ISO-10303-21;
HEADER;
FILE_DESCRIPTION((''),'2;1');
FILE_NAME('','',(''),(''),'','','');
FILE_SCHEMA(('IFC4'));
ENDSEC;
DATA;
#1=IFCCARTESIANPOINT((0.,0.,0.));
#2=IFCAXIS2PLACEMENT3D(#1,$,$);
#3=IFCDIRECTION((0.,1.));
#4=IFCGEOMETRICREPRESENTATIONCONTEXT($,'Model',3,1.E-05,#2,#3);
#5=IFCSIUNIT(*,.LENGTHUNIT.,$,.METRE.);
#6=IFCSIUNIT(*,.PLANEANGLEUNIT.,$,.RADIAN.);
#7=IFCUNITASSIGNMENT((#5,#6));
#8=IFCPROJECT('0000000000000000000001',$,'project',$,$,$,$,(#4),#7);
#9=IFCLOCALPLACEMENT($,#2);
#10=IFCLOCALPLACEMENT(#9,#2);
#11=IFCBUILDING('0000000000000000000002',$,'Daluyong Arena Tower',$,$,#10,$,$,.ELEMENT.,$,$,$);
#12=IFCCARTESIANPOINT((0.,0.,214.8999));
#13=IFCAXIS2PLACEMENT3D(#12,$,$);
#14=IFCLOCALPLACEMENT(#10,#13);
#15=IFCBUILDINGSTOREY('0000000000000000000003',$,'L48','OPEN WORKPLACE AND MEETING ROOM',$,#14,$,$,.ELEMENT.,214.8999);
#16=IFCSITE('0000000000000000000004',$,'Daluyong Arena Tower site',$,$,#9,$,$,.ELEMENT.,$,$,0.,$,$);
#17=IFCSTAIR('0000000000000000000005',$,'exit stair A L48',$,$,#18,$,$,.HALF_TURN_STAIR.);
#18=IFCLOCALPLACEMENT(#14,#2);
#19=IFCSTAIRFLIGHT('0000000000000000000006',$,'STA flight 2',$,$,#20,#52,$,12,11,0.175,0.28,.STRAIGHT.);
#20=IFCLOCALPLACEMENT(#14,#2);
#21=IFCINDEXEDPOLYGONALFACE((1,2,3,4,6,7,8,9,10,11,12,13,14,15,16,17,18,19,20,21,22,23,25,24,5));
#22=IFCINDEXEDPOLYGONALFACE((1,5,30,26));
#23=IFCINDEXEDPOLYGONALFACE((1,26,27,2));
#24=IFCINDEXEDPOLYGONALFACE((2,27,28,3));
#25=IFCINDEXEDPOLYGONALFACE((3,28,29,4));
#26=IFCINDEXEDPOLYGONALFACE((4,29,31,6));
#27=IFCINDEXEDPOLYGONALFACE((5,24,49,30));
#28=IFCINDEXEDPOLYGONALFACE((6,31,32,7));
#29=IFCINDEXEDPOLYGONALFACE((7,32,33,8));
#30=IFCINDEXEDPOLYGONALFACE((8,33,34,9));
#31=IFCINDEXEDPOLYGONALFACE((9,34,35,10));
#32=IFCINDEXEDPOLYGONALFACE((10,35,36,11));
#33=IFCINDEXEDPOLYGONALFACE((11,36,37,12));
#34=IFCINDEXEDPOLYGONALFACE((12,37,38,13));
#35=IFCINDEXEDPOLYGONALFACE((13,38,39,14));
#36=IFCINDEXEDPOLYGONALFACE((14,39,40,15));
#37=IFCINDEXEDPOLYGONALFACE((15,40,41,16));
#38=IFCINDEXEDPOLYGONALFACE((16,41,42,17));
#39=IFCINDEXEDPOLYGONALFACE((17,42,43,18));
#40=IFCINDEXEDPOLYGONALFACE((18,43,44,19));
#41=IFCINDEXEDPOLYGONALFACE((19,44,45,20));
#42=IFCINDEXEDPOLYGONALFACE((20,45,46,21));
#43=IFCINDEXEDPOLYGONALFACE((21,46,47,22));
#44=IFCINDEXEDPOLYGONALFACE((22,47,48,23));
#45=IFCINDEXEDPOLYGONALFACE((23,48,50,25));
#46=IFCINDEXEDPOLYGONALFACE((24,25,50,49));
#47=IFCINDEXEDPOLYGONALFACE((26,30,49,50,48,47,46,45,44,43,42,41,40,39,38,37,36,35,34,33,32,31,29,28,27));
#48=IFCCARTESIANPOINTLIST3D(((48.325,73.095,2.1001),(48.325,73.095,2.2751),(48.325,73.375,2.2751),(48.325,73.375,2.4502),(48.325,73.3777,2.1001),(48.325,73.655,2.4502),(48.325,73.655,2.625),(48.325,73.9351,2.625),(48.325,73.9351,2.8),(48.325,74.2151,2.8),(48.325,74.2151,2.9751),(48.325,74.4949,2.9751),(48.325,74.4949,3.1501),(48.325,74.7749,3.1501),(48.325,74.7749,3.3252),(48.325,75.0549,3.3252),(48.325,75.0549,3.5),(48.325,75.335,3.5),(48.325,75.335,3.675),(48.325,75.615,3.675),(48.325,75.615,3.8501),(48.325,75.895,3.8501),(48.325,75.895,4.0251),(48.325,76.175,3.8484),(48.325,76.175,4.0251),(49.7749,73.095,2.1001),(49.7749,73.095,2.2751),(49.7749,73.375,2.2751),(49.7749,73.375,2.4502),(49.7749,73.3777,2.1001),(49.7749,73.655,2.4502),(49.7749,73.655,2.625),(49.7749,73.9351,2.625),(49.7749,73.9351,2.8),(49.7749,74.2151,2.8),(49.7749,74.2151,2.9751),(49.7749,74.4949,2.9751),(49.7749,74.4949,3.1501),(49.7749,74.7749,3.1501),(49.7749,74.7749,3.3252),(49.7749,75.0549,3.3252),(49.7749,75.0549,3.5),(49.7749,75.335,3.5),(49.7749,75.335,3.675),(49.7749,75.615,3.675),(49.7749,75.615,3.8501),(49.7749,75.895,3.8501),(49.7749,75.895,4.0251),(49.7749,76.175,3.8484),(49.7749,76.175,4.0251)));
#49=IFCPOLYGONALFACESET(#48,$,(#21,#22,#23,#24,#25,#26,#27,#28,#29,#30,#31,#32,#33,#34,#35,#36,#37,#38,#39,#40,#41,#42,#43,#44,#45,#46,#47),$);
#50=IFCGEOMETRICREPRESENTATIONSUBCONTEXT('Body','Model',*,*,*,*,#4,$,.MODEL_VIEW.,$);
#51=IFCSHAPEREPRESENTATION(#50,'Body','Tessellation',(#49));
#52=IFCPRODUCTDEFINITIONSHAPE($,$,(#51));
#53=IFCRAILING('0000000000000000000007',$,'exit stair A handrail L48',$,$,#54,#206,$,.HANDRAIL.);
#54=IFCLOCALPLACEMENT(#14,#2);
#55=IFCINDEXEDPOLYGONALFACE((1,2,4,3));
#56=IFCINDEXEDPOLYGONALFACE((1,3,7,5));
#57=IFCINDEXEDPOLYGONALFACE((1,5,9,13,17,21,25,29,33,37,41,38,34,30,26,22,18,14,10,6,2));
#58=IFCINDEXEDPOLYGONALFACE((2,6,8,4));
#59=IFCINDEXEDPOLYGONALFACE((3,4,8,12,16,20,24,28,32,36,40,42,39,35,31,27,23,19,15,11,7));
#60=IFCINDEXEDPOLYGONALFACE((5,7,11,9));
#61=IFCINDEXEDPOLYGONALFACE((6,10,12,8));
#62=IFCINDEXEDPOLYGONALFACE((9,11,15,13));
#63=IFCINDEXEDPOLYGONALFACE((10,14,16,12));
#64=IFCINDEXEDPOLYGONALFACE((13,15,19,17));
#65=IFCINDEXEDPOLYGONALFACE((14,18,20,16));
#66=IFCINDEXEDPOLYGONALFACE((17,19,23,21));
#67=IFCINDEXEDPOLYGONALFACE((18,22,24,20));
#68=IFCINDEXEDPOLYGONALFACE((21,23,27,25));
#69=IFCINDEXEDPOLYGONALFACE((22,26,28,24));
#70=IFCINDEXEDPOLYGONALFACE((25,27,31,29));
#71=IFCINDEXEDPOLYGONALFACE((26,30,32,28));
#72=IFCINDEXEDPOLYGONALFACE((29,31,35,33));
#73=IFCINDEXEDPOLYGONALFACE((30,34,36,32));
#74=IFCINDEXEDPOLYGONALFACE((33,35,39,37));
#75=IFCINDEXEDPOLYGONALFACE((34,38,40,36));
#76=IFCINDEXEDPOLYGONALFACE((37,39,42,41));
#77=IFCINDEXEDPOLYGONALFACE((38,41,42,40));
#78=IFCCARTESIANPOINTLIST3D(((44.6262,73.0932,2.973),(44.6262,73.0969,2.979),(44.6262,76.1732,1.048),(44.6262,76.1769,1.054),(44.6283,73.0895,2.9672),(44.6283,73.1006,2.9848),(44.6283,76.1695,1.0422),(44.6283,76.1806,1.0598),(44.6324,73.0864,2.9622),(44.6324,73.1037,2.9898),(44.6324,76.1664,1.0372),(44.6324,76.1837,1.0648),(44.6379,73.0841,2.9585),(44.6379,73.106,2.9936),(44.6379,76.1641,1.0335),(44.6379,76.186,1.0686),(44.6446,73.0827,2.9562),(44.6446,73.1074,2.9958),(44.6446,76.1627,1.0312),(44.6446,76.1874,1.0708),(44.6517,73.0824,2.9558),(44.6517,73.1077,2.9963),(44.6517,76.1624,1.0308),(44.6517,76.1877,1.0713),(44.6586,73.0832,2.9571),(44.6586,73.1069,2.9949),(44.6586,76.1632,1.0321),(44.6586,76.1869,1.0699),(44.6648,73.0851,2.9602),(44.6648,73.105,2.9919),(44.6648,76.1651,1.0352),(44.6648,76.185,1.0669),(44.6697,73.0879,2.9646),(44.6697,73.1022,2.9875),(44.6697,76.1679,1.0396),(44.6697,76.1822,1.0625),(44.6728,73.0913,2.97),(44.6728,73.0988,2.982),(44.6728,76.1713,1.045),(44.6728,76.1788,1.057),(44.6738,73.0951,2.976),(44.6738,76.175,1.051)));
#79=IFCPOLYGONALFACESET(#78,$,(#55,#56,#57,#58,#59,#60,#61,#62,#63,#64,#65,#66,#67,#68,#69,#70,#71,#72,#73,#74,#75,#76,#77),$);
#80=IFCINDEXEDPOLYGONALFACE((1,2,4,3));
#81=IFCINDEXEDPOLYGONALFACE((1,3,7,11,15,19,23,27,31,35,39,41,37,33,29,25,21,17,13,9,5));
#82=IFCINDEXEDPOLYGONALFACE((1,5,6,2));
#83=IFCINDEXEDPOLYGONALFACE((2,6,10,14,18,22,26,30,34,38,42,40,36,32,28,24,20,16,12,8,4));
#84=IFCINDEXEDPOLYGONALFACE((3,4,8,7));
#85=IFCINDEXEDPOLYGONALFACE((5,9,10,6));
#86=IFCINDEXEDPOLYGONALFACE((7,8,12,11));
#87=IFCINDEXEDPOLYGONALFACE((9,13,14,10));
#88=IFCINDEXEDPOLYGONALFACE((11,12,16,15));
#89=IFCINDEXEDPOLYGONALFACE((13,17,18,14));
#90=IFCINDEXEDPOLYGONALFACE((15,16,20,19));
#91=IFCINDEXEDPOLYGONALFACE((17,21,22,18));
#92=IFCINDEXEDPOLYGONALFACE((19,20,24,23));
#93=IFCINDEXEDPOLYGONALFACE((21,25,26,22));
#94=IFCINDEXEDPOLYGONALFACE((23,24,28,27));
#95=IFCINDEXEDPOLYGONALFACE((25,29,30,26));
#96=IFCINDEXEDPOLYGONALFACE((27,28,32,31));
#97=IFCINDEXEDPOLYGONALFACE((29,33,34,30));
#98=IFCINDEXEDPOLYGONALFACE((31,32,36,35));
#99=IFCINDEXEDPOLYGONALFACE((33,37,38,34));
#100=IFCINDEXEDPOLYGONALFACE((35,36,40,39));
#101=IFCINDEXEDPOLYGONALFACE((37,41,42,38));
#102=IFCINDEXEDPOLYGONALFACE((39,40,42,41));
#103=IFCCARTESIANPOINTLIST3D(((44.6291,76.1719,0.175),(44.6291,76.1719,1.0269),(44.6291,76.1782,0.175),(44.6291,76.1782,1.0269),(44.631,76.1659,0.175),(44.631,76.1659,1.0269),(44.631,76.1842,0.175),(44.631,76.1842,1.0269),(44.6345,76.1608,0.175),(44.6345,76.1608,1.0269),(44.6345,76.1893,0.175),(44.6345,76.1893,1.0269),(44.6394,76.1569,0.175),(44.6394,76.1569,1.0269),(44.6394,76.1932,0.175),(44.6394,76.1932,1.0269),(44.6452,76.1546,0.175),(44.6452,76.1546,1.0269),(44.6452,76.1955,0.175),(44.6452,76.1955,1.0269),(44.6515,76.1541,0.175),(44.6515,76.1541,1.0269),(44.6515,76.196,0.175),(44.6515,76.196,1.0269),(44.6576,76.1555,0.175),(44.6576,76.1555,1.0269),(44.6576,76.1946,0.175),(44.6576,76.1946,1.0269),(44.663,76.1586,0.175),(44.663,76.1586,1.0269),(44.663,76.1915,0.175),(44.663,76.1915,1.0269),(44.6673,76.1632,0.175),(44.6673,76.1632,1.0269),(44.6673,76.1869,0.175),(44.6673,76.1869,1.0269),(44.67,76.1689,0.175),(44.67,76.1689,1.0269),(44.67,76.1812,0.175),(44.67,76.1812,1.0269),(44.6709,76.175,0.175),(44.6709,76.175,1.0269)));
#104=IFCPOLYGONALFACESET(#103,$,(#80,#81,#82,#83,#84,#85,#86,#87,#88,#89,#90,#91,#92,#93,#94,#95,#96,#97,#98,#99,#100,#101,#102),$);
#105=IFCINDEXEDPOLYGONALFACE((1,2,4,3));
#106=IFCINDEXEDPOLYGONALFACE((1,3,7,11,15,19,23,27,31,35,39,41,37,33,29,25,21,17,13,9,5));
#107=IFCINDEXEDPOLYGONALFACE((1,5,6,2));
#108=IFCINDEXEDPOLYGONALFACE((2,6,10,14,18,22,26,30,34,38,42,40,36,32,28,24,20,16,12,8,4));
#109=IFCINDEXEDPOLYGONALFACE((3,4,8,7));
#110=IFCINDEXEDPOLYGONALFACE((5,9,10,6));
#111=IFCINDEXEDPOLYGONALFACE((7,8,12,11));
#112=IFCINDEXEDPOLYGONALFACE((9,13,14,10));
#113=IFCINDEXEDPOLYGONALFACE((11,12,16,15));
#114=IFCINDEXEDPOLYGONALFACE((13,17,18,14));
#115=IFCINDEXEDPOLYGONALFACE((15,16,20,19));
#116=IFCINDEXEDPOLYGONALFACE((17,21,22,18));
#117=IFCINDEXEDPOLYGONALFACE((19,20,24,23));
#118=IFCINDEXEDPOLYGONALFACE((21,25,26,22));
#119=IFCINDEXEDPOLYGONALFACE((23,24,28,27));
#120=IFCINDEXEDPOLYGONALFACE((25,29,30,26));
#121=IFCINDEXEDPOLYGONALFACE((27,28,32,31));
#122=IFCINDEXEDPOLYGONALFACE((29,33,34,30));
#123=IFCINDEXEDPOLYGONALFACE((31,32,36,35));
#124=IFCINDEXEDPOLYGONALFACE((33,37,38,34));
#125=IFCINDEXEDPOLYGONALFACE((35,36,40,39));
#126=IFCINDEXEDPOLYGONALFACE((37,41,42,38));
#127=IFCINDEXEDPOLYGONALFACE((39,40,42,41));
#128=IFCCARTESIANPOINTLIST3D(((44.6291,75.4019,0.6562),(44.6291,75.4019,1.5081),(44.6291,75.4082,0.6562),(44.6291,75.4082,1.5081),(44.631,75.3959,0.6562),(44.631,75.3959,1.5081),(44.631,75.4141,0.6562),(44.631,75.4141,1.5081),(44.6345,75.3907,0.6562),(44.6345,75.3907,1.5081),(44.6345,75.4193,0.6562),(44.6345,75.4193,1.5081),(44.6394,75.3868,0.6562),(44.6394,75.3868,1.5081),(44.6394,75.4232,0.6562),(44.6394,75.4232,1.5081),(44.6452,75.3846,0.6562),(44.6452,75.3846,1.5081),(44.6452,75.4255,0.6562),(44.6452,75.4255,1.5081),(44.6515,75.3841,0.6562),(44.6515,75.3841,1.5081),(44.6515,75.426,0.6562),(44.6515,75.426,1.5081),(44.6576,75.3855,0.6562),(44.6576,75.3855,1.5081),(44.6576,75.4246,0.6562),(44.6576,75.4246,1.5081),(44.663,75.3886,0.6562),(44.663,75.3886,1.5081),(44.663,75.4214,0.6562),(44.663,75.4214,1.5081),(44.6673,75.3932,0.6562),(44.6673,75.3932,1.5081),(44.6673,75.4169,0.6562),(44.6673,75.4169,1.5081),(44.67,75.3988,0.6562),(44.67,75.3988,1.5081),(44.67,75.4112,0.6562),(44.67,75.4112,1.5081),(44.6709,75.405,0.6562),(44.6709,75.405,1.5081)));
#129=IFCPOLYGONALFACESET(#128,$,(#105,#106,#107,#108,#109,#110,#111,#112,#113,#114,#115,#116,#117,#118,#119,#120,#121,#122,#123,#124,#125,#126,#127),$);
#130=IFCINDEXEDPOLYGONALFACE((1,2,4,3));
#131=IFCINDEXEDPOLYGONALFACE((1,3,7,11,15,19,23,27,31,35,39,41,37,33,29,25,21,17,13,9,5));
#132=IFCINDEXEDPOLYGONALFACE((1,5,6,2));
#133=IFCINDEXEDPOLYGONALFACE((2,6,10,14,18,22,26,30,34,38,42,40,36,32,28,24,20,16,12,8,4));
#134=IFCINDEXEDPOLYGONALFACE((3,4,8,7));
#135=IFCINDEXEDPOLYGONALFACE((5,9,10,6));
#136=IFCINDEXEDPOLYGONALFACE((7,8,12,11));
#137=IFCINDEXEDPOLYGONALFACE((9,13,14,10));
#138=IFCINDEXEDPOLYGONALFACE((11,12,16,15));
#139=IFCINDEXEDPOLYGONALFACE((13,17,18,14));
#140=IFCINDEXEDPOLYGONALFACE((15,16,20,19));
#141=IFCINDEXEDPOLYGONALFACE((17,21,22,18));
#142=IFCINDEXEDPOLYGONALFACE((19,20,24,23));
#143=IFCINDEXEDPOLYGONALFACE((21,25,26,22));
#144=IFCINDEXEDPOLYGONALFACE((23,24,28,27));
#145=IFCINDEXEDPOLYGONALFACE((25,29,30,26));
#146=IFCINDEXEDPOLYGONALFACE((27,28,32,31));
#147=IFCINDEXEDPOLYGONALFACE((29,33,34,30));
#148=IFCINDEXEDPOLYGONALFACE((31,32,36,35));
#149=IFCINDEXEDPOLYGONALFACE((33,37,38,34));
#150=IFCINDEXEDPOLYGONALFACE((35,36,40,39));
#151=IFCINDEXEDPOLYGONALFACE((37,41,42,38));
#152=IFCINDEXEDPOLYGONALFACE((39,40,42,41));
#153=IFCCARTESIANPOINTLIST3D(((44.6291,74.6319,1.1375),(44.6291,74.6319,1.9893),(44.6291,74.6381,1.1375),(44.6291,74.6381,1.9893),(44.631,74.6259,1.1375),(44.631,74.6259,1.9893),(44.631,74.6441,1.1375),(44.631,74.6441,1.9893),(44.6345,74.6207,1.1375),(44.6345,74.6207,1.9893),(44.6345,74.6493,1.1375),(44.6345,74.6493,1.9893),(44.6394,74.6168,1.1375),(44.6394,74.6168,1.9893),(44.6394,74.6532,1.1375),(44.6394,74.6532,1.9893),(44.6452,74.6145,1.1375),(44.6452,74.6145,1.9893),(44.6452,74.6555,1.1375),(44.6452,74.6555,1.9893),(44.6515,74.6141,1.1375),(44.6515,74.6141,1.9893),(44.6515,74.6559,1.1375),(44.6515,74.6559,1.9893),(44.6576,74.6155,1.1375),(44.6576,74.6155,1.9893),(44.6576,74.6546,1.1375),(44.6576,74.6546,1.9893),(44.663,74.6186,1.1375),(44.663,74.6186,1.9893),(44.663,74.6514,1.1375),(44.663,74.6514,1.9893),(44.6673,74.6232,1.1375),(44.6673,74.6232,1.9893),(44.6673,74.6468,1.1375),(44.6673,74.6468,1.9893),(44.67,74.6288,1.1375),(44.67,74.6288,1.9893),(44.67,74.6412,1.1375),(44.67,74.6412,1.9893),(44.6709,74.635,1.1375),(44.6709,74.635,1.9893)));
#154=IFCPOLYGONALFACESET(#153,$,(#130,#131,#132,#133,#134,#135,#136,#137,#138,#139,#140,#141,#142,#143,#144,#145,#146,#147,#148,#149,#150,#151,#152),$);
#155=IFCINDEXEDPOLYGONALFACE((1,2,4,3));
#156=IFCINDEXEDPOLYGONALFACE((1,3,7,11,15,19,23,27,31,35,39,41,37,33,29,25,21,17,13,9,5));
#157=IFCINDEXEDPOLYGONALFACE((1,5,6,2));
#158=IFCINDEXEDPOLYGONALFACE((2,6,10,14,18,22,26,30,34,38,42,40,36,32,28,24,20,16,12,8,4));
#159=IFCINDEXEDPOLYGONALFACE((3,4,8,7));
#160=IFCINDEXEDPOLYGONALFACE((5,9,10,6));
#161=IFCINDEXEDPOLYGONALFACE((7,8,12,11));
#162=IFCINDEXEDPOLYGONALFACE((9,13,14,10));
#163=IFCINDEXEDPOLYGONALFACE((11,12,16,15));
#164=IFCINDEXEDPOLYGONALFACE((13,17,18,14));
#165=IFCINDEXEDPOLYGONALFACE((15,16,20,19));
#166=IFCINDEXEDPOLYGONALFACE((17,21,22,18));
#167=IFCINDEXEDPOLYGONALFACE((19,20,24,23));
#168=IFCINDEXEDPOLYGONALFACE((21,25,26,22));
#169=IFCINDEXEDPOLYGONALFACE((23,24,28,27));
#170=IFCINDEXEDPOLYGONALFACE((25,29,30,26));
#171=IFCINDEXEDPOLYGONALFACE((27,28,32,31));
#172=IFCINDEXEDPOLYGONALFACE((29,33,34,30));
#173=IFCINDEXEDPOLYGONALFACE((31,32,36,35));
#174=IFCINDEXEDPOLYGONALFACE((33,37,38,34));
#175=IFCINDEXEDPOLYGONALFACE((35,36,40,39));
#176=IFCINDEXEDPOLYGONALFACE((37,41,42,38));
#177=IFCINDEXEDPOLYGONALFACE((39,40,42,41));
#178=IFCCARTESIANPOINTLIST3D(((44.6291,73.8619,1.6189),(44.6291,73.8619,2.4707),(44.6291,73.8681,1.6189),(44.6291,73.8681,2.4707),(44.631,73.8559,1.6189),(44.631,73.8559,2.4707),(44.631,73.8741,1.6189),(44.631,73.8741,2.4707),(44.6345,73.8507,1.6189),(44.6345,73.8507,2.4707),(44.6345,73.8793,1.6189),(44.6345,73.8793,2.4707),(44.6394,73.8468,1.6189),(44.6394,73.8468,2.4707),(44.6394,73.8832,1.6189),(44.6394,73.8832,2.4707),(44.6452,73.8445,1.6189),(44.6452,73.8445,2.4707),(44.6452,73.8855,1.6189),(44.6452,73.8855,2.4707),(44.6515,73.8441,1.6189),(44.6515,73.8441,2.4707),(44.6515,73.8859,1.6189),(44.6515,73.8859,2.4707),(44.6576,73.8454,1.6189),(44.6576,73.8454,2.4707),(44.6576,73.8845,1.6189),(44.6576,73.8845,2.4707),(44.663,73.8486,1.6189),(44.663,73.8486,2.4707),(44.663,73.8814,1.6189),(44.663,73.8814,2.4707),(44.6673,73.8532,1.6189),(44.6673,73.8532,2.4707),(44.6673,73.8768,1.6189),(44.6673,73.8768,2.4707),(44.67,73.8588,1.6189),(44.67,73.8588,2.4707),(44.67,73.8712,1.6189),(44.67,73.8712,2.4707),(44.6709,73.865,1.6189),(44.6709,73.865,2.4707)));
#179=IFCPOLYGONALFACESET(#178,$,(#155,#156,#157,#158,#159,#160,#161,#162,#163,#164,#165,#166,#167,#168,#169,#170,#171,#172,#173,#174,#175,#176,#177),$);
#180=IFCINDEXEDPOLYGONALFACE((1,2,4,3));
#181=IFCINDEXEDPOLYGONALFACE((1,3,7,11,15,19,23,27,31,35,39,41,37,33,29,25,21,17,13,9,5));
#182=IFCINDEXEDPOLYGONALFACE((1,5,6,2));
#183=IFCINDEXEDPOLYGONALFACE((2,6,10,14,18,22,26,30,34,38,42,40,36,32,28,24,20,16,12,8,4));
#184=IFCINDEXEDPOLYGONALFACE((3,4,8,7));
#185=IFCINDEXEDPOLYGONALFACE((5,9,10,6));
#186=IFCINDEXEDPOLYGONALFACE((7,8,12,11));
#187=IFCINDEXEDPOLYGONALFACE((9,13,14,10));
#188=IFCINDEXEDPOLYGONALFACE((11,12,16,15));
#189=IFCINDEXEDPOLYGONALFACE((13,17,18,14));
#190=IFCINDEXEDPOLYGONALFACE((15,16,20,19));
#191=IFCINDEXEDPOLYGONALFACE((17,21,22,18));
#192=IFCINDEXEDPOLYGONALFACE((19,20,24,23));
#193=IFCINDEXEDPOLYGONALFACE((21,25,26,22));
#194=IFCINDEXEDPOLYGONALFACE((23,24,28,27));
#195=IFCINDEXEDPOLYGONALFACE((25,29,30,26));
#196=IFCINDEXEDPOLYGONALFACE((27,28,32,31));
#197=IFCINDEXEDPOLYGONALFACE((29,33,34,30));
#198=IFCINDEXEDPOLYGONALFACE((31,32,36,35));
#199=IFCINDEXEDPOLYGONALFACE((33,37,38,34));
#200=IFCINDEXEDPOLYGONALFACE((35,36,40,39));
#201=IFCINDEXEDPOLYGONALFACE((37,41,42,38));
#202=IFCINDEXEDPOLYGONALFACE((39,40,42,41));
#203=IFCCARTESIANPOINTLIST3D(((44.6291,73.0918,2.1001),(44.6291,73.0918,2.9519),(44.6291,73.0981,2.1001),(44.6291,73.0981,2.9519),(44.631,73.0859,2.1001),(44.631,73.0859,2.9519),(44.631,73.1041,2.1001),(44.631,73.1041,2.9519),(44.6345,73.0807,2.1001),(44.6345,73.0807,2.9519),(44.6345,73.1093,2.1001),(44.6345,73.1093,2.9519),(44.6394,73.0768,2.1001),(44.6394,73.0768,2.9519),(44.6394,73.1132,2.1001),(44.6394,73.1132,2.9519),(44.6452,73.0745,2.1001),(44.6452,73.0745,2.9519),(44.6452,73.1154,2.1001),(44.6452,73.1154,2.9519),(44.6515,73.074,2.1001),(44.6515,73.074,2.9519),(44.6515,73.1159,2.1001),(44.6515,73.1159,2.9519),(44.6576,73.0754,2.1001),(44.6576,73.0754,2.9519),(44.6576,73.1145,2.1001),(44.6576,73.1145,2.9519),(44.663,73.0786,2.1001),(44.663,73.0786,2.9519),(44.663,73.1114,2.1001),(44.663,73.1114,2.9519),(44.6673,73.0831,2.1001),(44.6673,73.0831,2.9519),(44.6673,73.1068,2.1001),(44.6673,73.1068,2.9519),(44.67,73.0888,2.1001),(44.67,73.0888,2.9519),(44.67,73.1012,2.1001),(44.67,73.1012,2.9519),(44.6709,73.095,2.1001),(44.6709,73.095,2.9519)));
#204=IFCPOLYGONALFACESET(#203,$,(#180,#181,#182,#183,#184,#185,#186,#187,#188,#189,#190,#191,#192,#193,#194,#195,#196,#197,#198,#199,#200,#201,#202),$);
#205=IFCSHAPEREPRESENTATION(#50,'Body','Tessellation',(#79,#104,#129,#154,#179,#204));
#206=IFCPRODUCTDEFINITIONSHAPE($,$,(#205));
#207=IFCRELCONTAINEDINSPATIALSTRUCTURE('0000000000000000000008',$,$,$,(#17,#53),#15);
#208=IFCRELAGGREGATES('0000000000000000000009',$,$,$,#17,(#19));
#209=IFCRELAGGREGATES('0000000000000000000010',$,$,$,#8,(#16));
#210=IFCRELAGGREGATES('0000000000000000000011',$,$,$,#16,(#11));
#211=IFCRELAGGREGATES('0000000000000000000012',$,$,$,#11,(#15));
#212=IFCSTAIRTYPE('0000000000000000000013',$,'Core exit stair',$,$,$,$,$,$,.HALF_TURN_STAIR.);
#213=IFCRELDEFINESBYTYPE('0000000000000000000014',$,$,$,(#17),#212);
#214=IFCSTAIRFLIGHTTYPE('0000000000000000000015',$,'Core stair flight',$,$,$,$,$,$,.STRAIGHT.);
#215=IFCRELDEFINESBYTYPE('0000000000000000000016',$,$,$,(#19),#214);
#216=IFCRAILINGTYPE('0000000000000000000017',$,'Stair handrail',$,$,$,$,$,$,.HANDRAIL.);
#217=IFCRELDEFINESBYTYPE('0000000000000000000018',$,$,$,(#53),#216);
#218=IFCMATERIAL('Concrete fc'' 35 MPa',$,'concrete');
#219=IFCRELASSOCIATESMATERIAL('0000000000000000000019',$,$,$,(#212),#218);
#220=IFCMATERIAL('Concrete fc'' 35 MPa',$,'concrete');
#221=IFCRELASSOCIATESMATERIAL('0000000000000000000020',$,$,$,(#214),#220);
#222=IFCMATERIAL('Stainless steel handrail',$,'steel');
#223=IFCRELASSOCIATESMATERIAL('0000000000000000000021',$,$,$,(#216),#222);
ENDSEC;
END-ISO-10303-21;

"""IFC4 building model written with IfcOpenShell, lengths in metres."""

from ifc_helpers import new_model, si_unit, direction, frame, origin, origin_2d, place, context, subcontext, project, spatial, polyline, circle, outline, extrude, material, type_object, element, aggregate, save


model = new_model("IFC4")

# Units and contexts
model_context = context("Model", 3, precision=1e-05, world=origin(), true_north=direction((0.0, 1.0)))
body_context = subcontext(model_context, "Body", "Model", "MODEL_VIEW")
ifc_project = project(units=[si_unit("LENGTHUNIT", "METRE"), si_unit("PLANEANGLEUNIT", "RADIAN")], contexts=[model_context])

# Site, building, storey
site_placement = place(None, origin())
site = spatial("IfcSite", under=ifc_project, at=site_placement, Name="Daluyong Arena Tower site", CompositionType="ELEMENT", RefElevation=0.0)
building_placement = place(site_placement, origin())
building = spatial("IfcBuilding", under=site, at=building_placement, Name="Daluyong Arena Tower", CompositionType="ELEMENT")
storey_placement = place(building_placement, frame((0.0, 0.0, 214.8999)))
storey = spatial("IfcBuildingStorey", under=building, at=storey_placement, Name="L48", Description="OPEN WORKPLACE AND MEETING ROOM", CompositionType="ELEMENT", Elevation=214.8999)

# Stair, stair flight
ifc_material_1 = material(Name="Concrete fc' 35 MPa", Category="concrete")
stair_type = type_object("IfcStairType", Name="Core exit stair", PredefinedType="HALF_TURN_STAIR", material=ifc_material_1)
stair_placement = place(storey_placement, origin())
stair = element("IfcStair", 1, at=stair_placement, inside=storey, type_object=stair_type, Name="exit stair A L48", PredefinedType="HALF_TURN_STAIR")
ifc_material_2 = material(Name="Concrete fc' 35 MPa", Category="concrete")
stair_flight_type = type_object("IfcStairFlightType", Name="Core stair flight", PredefinedType="STRAIGHT", material=ifc_material_2)
stair_flight_1_placement = place(storey_placement, frame((49.05, 73.095, 2.1001), z_axis=(0.0, 0.0, 1.0), x_axis=(0.0, 1.0, 0.0)))
stair_flight_1 = element("IfcStairFlight", 2, at=stair_flight_1_placement, type_object=stair_flight_type, Name="STA flight 2", NumberOfRisers=12, NumberOfTreads=11, PredefinedType="STRAIGHT", RiserHeight=0.175, TreadLength=0.28, context=body_context, shape_type="SweptSolid", body=[
    extrude(outline(polyline([(0.0, 0.0), (0.0, 0.175), (0.28, 0.175), (0.28, 0.3501), (0.5601, 0.3501), (0.5601, 0.5249), (0.8401, 0.5249), (0.8401, 0.7), (1.1201, 0.7), (1.1201, 0.875), (1.3999, 0.875), (1.3999, 1.05), (1.6799, 1.05), (1.6799, 1.2251), (1.96, 1.2251), (1.96, 1.3999), (2.24, 1.3999), (2.24, 1.575), (2.52, 1.575), (2.52, 1.75), (2.8, 1.75), (2.8, 1.925), (3.0801, 1.925), (3.0801, 2.1001), (3.0801, 1.7483), (0.2827, 0.0), (0.0, 0.0)])), frame((0.0, 0.7251, 0.0), z_axis=(0.0, -1.0, 0.0), x_axis=(1.0, 0.0, 0.0)), (0.0, 0.0, 1.0), 1.45),
])
aggregate(stair, [stair_flight_1])

# Railing
ifc_material_3 = material(Name="Stainless steel handrail", Category="steel")
railing_type_1 = type_object("IfcRailingType", Name="Stair handrail", PredefinedType="HANDRAIL", material=ifc_material_3)
railing_1_placement = place(storey_placement, frame((44.6499, 76.175, 0.175)))
element("IfcRailing", 3, at=railing_1_placement, inside=storey, type_object=railing_type_1, Name="exit stair A handrail L48", PredefinedType="HANDRAIL", context=body_context, shape_type="SweptSolid", body=[
    extrude(circle(Radius=0.0239, at=origin_2d()), frame((0.0, 0.0, 0.876), z_axis=(0.0, -0.847998, 0.529999), x_axis=(1.0, 0.0, 0.0)), (0.0, 0.0, 1.0), 3.6321),
    extrude(circle(Radius=0.021, at=origin_2d()), origin(), (0.0, 0.0, 1.0), 0.8518),
    extrude(circle(Radius=0.021, at=origin_2d()), frame((0.0, -0.77, 0.4812)), (0.0, 0.0, 1.0), 0.8518),
    extrude(circle(Radius=0.021, at=origin_2d()), frame((0.0, -1.54, 0.9624)), (0.0, 0.0, 1.0), 0.8518),
    extrude(circle(Radius=0.021, at=origin_2d()), frame((0.0, -2.3101, 1.4438)), (0.0, 0.0, 1.0), 0.8518),
    extrude(circle(Radius=0.021, at=origin_2d()), frame((0.0, -3.0801, 1.925)), (0.0, 0.0, 1.0), 0.8518),
])

save(model, "model.ifc")
